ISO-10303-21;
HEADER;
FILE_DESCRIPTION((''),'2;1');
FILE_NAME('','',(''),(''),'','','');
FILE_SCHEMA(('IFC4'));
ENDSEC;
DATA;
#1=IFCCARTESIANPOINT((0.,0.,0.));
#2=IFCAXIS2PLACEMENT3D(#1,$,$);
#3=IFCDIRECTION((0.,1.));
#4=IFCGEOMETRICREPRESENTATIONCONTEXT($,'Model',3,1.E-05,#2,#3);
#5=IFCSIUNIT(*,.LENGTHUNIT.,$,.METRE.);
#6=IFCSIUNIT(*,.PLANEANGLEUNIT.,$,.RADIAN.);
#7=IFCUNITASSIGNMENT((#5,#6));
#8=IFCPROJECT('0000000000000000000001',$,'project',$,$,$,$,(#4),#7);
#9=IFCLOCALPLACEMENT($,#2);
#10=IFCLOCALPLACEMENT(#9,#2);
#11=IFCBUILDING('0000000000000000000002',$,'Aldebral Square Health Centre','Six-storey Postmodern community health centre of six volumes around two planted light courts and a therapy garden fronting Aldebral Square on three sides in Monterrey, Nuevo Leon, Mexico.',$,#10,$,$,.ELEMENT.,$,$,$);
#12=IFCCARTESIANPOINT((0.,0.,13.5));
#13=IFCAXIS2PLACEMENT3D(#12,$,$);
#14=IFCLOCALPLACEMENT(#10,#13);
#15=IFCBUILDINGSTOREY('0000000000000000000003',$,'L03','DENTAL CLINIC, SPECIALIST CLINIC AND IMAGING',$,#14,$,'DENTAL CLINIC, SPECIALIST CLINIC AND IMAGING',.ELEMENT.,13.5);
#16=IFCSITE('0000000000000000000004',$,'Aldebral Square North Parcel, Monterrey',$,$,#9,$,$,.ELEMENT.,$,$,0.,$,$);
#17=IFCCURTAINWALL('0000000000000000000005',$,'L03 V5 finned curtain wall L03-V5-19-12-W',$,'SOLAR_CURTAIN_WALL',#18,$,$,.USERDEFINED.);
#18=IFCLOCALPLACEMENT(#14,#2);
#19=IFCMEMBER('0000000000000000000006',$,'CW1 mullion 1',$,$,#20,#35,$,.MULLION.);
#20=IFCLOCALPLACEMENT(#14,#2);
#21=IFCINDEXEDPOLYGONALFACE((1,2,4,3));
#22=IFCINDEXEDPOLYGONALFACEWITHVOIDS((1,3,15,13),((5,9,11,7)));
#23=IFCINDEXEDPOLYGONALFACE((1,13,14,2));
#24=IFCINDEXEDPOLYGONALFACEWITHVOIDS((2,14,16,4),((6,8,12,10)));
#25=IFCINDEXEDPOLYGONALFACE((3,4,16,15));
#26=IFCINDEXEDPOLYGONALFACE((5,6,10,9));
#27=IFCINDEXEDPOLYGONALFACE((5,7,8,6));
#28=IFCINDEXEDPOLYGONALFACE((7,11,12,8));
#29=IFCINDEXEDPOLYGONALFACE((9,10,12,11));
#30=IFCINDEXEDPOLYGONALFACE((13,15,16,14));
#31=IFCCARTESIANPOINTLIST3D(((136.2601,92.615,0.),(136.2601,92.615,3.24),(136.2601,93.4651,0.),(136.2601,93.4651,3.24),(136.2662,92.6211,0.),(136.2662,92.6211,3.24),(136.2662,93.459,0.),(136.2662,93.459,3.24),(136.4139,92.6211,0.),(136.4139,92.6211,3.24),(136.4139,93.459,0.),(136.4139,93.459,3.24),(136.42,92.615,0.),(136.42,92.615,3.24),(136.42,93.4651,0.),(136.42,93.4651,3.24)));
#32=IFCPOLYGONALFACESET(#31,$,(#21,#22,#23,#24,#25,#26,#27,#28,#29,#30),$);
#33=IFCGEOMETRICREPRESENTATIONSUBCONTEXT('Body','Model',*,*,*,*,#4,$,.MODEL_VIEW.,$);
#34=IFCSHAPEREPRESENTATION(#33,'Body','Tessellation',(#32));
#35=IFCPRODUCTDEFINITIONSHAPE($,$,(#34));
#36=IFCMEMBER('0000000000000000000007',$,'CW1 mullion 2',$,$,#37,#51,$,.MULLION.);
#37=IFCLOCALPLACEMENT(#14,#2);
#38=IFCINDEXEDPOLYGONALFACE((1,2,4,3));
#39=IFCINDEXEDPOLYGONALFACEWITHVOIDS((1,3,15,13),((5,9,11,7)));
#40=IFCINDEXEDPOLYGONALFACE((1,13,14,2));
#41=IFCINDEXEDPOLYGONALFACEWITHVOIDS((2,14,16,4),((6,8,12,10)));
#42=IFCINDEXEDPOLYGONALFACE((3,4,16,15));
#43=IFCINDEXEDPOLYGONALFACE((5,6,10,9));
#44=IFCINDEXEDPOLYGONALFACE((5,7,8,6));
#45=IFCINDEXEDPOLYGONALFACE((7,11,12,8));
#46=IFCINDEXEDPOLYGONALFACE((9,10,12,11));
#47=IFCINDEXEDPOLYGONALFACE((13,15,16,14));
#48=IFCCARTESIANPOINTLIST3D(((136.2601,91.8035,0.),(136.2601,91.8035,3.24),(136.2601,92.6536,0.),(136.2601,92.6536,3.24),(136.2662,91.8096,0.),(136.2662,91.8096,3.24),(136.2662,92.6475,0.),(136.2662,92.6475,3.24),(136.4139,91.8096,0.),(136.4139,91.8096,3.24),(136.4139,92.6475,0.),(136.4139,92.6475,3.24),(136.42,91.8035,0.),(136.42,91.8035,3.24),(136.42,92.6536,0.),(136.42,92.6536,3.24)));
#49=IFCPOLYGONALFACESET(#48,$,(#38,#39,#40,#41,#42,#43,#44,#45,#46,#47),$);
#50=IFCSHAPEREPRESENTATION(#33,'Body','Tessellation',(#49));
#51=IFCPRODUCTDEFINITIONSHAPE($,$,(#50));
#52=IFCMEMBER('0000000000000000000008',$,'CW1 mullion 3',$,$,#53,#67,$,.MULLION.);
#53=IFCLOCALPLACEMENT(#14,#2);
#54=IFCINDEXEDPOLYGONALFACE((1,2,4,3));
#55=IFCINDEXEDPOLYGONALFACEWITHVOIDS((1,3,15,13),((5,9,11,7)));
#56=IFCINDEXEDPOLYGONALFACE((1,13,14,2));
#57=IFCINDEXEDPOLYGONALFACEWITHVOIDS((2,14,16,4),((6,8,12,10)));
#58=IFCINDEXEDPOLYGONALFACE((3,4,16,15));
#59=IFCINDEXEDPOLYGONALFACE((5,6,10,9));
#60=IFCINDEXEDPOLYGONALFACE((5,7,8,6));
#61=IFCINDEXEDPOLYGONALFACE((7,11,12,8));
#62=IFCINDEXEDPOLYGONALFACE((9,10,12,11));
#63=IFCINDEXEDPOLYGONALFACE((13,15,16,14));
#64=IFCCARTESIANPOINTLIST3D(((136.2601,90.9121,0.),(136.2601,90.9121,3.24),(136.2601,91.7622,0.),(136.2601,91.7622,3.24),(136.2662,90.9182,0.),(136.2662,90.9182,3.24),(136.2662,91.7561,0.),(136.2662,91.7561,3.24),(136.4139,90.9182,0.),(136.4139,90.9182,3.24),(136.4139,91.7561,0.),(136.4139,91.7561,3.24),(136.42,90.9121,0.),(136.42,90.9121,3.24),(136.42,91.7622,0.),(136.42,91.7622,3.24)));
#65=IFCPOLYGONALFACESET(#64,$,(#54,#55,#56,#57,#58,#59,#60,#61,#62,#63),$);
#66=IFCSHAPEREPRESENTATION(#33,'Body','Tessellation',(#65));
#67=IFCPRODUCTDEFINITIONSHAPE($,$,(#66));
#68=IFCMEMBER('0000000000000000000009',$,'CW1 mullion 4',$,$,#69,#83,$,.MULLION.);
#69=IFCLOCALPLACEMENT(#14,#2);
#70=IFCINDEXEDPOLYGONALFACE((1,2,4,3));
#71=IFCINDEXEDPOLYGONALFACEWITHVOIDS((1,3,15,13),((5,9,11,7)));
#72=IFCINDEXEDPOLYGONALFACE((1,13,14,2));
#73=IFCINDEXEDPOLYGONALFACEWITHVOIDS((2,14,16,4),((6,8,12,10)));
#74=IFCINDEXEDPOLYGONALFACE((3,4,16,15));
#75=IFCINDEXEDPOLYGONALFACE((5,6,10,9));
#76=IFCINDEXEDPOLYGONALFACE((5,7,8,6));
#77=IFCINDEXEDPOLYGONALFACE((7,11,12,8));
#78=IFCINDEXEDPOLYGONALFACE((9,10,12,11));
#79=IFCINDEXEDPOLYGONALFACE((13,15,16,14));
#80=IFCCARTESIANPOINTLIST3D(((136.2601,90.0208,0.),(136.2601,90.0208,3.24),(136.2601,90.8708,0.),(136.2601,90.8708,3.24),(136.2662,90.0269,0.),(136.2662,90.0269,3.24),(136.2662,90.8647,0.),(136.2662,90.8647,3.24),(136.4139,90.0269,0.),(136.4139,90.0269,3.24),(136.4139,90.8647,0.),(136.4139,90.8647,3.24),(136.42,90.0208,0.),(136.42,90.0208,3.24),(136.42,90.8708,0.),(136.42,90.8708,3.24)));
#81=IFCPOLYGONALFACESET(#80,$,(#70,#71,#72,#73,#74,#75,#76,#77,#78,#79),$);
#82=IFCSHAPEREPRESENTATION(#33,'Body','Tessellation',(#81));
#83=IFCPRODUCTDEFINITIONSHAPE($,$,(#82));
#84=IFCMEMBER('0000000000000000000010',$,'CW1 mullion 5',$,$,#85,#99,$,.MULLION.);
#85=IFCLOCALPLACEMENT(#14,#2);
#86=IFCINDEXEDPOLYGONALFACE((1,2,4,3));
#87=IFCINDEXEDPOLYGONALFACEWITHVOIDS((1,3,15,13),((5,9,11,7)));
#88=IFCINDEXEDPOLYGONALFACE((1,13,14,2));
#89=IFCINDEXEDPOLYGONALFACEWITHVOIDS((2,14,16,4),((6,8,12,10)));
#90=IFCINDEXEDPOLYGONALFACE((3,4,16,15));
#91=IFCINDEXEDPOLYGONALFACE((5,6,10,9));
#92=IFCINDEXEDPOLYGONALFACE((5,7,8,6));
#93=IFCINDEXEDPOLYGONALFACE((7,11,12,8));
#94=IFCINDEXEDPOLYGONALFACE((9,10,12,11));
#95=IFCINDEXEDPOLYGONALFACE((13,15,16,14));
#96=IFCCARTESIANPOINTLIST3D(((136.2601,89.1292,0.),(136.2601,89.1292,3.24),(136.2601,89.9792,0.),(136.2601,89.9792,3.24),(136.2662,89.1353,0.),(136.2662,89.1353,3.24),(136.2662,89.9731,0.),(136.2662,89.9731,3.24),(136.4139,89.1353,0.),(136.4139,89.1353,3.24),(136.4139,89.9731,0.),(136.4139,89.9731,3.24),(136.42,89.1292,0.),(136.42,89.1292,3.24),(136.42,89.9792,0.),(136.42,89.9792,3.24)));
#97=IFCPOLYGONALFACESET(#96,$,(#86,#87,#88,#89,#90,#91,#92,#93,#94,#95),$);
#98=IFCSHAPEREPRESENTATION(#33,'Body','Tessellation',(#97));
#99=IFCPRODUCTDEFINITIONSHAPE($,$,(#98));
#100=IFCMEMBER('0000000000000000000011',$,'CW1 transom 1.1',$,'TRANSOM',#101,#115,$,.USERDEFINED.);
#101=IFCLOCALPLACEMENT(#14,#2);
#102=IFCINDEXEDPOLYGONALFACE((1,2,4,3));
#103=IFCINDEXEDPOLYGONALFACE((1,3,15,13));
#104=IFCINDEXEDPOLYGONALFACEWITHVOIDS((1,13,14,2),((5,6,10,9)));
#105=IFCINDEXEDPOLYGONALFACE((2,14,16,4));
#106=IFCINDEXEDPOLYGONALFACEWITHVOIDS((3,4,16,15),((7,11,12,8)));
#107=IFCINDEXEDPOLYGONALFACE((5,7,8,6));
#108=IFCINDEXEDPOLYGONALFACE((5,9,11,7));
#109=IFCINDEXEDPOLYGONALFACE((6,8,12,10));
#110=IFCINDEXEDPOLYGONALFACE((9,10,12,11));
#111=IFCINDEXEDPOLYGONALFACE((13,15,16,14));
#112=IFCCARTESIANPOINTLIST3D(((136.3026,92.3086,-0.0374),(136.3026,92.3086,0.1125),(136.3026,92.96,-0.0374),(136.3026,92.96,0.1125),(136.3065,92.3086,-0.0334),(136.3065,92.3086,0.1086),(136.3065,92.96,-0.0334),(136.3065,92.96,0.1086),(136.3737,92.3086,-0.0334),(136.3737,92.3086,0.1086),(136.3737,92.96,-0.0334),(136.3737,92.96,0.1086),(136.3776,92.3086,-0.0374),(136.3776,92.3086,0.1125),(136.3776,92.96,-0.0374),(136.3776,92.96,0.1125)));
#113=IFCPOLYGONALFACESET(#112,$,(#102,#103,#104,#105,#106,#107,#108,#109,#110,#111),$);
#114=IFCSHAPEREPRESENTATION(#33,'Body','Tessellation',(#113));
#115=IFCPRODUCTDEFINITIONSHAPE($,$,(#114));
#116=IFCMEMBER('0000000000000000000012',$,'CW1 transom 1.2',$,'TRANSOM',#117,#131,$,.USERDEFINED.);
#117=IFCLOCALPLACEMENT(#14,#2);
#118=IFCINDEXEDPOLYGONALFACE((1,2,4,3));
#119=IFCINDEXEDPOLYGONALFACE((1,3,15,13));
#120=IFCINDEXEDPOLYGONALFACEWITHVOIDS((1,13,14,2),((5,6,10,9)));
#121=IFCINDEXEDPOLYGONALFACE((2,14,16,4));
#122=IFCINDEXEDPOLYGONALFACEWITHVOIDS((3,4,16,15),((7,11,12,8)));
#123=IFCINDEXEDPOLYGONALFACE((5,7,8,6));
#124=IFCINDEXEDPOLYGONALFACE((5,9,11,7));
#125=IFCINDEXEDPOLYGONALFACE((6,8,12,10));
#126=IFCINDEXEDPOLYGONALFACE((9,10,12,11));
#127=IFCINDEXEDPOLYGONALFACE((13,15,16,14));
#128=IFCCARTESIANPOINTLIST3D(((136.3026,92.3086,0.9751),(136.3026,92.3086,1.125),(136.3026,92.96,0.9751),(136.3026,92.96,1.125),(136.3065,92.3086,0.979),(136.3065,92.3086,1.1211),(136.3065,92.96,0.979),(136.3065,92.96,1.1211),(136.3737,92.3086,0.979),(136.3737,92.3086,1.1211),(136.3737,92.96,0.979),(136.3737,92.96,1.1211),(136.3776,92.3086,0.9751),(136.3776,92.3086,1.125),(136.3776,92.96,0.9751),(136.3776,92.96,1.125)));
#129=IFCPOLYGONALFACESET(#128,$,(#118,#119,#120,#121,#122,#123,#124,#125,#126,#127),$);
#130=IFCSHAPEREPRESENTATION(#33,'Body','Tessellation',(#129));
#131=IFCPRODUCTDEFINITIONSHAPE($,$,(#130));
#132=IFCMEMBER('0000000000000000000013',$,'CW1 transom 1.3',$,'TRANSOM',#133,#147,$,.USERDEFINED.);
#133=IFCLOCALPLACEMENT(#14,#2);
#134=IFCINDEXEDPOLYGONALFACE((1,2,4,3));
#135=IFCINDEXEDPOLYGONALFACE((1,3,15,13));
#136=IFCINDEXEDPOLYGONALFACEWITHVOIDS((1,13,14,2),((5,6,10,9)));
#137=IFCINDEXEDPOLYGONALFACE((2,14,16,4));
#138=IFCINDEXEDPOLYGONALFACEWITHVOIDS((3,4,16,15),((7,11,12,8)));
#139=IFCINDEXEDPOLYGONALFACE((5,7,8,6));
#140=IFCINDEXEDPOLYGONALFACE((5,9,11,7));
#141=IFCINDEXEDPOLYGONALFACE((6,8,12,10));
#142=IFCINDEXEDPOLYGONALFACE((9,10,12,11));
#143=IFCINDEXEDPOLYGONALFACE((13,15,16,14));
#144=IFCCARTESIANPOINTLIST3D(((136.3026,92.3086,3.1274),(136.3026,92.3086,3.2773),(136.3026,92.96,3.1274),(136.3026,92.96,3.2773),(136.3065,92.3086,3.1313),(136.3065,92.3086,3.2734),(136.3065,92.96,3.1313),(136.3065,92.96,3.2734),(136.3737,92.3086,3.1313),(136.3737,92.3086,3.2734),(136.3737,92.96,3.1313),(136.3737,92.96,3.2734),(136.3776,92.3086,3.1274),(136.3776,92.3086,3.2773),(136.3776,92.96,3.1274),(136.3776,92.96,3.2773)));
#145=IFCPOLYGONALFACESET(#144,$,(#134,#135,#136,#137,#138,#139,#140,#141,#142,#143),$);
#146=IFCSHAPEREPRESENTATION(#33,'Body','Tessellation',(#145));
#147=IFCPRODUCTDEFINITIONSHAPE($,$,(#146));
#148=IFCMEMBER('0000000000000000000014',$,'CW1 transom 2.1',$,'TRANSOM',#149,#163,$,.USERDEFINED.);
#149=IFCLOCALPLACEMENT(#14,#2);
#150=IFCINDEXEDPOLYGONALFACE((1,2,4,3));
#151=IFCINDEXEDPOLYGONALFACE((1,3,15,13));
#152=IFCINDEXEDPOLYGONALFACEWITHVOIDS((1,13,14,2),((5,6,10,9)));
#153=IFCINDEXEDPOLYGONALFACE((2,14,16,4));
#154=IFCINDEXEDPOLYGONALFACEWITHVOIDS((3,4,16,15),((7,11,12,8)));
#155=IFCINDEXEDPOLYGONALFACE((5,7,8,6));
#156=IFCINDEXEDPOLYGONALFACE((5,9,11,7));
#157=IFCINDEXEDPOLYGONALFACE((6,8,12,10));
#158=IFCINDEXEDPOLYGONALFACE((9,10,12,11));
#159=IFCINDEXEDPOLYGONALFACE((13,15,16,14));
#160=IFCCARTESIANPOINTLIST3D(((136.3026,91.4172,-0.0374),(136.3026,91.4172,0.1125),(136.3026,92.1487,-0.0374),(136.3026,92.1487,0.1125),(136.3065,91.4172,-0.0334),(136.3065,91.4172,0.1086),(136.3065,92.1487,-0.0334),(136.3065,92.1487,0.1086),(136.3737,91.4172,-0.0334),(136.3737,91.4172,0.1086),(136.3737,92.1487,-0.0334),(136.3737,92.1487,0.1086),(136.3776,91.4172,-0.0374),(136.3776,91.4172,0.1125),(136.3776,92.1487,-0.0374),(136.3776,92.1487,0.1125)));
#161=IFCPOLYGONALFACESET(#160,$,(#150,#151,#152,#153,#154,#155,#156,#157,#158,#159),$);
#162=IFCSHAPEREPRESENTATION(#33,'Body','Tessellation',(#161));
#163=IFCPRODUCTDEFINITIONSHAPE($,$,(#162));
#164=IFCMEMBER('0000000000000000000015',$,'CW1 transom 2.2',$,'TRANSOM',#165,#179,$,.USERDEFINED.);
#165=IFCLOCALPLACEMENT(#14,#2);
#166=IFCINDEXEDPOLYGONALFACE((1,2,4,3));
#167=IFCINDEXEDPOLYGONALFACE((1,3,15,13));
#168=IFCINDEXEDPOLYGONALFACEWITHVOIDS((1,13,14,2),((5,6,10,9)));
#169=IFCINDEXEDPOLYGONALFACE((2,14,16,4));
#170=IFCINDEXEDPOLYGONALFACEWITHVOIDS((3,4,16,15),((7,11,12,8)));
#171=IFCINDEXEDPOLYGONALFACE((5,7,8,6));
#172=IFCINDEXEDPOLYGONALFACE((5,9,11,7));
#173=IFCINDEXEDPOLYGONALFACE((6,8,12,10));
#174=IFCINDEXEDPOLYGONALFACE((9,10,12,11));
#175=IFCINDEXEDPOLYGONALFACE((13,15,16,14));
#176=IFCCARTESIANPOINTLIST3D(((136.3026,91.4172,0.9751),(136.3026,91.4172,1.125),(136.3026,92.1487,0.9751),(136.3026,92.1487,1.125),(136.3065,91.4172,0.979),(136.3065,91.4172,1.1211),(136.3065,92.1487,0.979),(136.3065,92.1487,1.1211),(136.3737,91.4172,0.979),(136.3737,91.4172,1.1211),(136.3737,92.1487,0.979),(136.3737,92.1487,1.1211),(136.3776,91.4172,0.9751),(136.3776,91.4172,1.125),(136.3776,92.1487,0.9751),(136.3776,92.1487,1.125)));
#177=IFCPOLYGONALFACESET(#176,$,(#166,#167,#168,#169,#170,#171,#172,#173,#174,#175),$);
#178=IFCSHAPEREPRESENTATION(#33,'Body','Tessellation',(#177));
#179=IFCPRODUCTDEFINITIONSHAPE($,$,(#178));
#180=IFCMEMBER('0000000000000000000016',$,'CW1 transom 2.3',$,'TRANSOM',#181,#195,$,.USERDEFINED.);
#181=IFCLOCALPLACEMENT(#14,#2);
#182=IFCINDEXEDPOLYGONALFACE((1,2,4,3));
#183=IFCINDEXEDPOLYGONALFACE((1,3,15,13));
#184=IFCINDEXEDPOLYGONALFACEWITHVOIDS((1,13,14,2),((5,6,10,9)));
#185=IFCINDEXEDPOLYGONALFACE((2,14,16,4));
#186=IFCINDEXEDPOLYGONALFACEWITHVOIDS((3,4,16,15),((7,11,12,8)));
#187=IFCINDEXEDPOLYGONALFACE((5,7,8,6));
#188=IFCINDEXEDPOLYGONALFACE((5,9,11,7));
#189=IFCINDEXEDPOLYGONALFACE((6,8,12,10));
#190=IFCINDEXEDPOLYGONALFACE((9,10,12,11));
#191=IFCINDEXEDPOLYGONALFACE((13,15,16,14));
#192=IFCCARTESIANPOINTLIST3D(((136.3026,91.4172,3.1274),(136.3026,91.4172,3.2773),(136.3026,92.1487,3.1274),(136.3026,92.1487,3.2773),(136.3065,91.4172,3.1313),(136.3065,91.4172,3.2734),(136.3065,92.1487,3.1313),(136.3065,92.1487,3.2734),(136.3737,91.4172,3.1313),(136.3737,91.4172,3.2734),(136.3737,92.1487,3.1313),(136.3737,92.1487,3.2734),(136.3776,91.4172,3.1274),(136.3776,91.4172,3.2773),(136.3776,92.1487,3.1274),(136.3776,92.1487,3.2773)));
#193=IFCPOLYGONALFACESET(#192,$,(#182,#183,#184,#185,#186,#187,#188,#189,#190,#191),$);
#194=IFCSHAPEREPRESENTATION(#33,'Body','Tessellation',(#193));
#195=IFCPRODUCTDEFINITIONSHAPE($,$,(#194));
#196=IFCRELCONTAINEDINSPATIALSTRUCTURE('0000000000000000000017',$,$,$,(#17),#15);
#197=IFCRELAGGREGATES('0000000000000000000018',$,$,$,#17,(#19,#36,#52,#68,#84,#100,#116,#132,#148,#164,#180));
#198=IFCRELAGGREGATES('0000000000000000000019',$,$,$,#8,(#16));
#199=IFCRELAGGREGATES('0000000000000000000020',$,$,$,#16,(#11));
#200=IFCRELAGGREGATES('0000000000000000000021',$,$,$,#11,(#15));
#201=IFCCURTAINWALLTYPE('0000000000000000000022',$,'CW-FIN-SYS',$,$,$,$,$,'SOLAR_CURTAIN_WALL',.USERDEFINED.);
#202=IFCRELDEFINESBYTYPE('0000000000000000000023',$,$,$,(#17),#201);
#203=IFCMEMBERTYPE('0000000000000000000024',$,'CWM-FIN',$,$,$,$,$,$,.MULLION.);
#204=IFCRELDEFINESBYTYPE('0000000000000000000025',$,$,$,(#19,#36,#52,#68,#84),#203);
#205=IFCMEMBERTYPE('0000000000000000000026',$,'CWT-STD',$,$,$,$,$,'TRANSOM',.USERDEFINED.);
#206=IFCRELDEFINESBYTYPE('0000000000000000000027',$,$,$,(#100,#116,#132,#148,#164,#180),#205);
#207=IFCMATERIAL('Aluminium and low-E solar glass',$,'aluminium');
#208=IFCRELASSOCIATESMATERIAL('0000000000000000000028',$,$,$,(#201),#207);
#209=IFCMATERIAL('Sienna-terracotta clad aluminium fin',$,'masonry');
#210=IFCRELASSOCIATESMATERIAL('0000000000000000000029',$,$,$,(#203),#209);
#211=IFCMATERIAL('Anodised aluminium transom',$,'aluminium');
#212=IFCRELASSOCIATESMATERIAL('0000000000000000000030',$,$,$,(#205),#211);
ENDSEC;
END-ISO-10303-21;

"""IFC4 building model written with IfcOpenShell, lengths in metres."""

from ifc_helpers import new_model, si_unit, direction, frame, origin, origin_2d, place, context, subcontext, project, spatial, hollow_rectangle, extrude, material, material_profile, profile_set, type_object, element, aggregate, save


model = new_model("IFC4")

# Units and contexts
model_context = context("Model", 3, precision=1e-05, world=origin(), true_north=direction((0.0, 1.0)))
body_context = subcontext(model_context, "Body", "Model", "MODEL_VIEW")
ifc_project = project(units=[si_unit("LENGTHUNIT", "METRE"), si_unit("PLANEANGLEUNIT", "RADIAN")], contexts=[model_context])

# Site, building, storey
site_placement = place(None, origin())
site = spatial("IfcSite", under=ifc_project, at=site_placement, Name="Aldebral Square North Parcel, Monterrey", CompositionType="ELEMENT", RefElevation=0.0)
building_placement = place(site_placement, origin())
building = spatial("IfcBuilding", under=site, at=building_placement, Name="Aldebral Square Health Centre", Description="Six-storey Postmodern community health centre of six volumes around two planted light courts and a therapy garden fronting Aldebral Square on three sides in Monterrey, Nuevo Leon, Mexico.", CompositionType="ELEMENT")
storey_placement = place(building_placement, frame((0.0, 0.0, 13.5)))
storey = spatial("IfcBuildingStorey", under=building, at=storey_placement, Name="L03", Description="DENTAL CLINIC, SPECIALIST CLINIC AND IMAGING", LongName="DENTAL CLINIC, SPECIALIST CLINIC AND IMAGING", CompositionType="ELEMENT", Elevation=13.5)

# Curtain wall, members
ifc_material_1 = material(Name="Aluminium and low-E solar glass", Category="aluminium")
curtain_wall_type = type_object("IfcCurtainWallType", Name="CW-FIN-SYS", ElementType="SOLAR_CURTAIN_WALL", PredefinedType="USERDEFINED", material=ifc_material_1)
curtain_wall_placement = place(storey_placement, origin())
curtain_wall = element("IfcCurtainWall", 1, at=curtain_wall_placement, inside=storey, type_object=curtain_wall_type, Name="L03 V5 finned curtain wall L03-V5-19-12-W", ObjectType="SOLAR_CURTAIN_WALL", PredefinedType="USERDEFINED")
ifc_material_2 = material(Name="Sienna-terracotta clad aluminium fin", Category="masonry")
ifc_material_profile_1 = material_profile(ifc_material_2, hollow_rectangle(XDim=0.1599, YDim=0.8501, WallThickness=0.0061, at=origin_2d()), Name="FIN 160x850x6")
ifc_profile_set_1 = profile_set([ifc_material_profile_1], Name="Sienna-terracotta clad aluminium fin")
member_type_1 = type_object("IfcMemberType", Name="CWM-FIN", PredefinedType="MULLION", material=ifc_profile_set_1)
member_1_placement = place(storey_placement, frame((136.3401, 93.04, 0.0), z_axis=(0.0, 0.0, 1.0), x_axis=(1.0, 0.0, 0.0)))
member_1 = element("IfcMember", 2, at=member_1_placement, type_object=member_type_1, Name="CW1 mullion 1", PredefinedType="MULLION", context=body_context, shape_type="SweptSolid", body=[
    extrude(hollow_rectangle(XDim=0.1599, YDim=0.8501, WallThickness=0.0061, at=origin_2d()), origin(), (0.0, 0.0, 1.0), 3.24),
])
member_2_placement = place(storey_placement, frame((136.3401, 92.2285, 0.0), z_axis=(0.0, 0.0, 1.0), x_axis=(1.0, 0.0, 0.0)))
member_2 = element("IfcMember", 3, at=member_2_placement, type_object=member_type_1, Name="CW1 mullion 2", PredefinedType="MULLION", context=body_context, shape_type="SweptSolid", body=[
    extrude(hollow_rectangle(XDim=0.1599, YDim=0.8501, WallThickness=0.0061, at=origin_2d()), origin(), (0.0, 0.0, 1.0), 3.24),
])
member_3_placement = place(storey_placement, frame((136.3401, 91.3372, 0.0), z_axis=(0.0, 0.0, 1.0), x_axis=(1.0, 0.0, 0.0)))
member_3 = element("IfcMember", 4, at=member_3_placement, type_object=member_type_1, Name="CW1 mullion 3", PredefinedType="MULLION", context=body_context, shape_type="SweptSolid", body=[
    extrude(hollow_rectangle(XDim=0.1599, YDim=0.8501, WallThickness=0.0061, at=origin_2d()), origin(), (0.0, 0.0, 1.0), 3.24),
])
member_4_placement = place(storey_placement, frame((136.3401, 90.4458, 0.0), z_axis=(0.0, 0.0, 1.0), x_axis=(1.0, 0.0, 0.0)))
member_4 = element("IfcMember", 5, at=member_4_placement, type_object=member_type_1, Name="CW1 mullion 4", PredefinedType="MULLION", context=body_context, shape_type="SweptSolid", body=[
    extrude(hollow_rectangle(XDim=0.1599, YDim=0.8501, WallThickness=0.0061, at=origin_2d()), origin(), (0.0, 0.0, 1.0), 3.24),
])
member_5_placement = place(storey_placement, frame((136.3401, 89.5542, 0.0), z_axis=(0.0, 0.0, 1.0), x_axis=(1.0, 0.0, 0.0)))
member_5 = element("IfcMember", 6, at=member_5_placement, type_object=member_type_1, Name="CW1 mullion 5", PredefinedType="MULLION", context=body_context, shape_type="SweptSolid", body=[
    extrude(hollow_rectangle(XDim=0.1599, YDim=0.8501, WallThickness=0.0061, at=origin_2d()), origin(), (0.0, 0.0, 1.0), 3.24),
])
ifc_material_3 = material(Name="Anodised aluminium transom", Category="aluminium")
ifc_material_profile_2 = material_profile(ifc_material_3, hollow_rectangle(XDim=0.075, YDim=0.1499, WallThickness=0.0039, at=origin_2d()), Name="CWT 75x150x4")
ifc_profile_set_2 = profile_set([ifc_material_profile_2], Name="Anodised aluminium transom")
member_type_2 = type_object("IfcMemberType", Name="CWT-STD", ElementType="TRANSOM", PredefinedType="USERDEFINED", material=ifc_profile_set_2)
member_6_placement = place(storey_placement, frame((136.3401, 92.96, 0.0376), z_axis=(0.0, -1.0, 0.0), x_axis=(1.0, 0.0, 0.0)))
member_6 = element("IfcMember", 7, at=member_6_placement, type_object=member_type_2, Name="CW1 transom 1.1", ObjectType="TRANSOM", PredefinedType="USERDEFINED", context=body_context, shape_type="SweptSolid", body=[
    extrude(hollow_rectangle(XDim=0.075, YDim=0.1499, WallThickness=0.0039, at=origin_2d()), origin(), (0.0, 0.0, 1.0), 0.6514),
])
member_7_placement = place(storey_placement, frame((136.3401, 92.96, 1.05), z_axis=(0.0, -1.0, 0.0), x_axis=(1.0, 0.0, 0.0)))
member_7 = element("IfcMember", 8, at=member_7_placement, type_object=member_type_2, Name="CW1 transom 1.2", ObjectType="TRANSOM", PredefinedType="USERDEFINED", context=body_context, shape_type="SweptSolid", body=[
    extrude(hollow_rectangle(XDim=0.075, YDim=0.1499, WallThickness=0.0039, at=origin_2d()), origin(), (0.0, 0.0, 1.0), 0.6514),
])
member_8_placement = place(storey_placement, frame((136.3401, 92.96, 3.2024), z_axis=(0.0, -1.0, 0.0), x_axis=(1.0, 0.0, 0.0)))
member_8 = element("IfcMember", 9, at=member_8_placement, type_object=member_type_2, Name="CW1 transom 1.3", ObjectType="TRANSOM", PredefinedType="USERDEFINED", context=body_context, shape_type="SweptSolid", body=[
    extrude(hollow_rectangle(XDim=0.075, YDim=0.1499, WallThickness=0.0039, at=origin_2d()), origin(), (0.0, 0.0, 1.0), 0.6514),
])
member_9_placement = place(storey_placement, frame((136.3401, 92.1487, 0.0376), z_axis=(0.0, -1.0, 0.0), x_axis=(1.0, 0.0, 0.0)))
member_9 = element("IfcMember", 10, at=member_9_placement, type_object=member_type_2, Name="CW1 transom 2.1", ObjectType="TRANSOM", PredefinedType="USERDEFINED", context=body_context, shape_type="SweptSolid", body=[
    extrude(hollow_rectangle(XDim=0.075, YDim=0.1499, WallThickness=0.0039, at=origin_2d()), origin(), (0.0, 0.0, 1.0), 0.7314),
])
member_10_placement = place(storey_placement, frame((136.3401, 92.1487, 1.05), z_axis=(0.0, -1.0, 0.0), x_axis=(1.0, 0.0, 0.0)))
member_10 = element("IfcMember", 11, at=member_10_placement, type_object=member_type_2, Name="CW1 transom 2.2", ObjectType="TRANSOM", PredefinedType="USERDEFINED", context=body_context, shape_type="SweptSolid", body=[
    extrude(hollow_rectangle(XDim=0.075, YDim=0.1499, WallThickness=0.0039, at=origin_2d()), origin(), (0.0, 0.0, 1.0), 0.7314),
])
member_11_placement = place(storey_placement, frame((136.3401, 92.1487, 3.2024), z_axis=(0.0, -1.0, 0.0), x_axis=(1.0, 0.0, 0.0)))
member_11 = element("IfcMember", 12, at=member_11_placement, type_object=member_type_2, Name="CW1 transom 2.3", ObjectType="TRANSOM", PredefinedType="USERDEFINED", context=body_context, shape_type="SweptSolid", body=[
    extrude(hollow_rectangle(XDim=0.075, YDim=0.1499, WallThickness=0.0039, at=origin_2d()), origin(), (0.0, 0.0, 1.0), 0.7314),
])
aggregate(curtain_wall, [member_1, member_2, member_3, member_4, member_5, member_6, member_7, member_8, member_9, member_10, member_11])

save(model, "model.ifc")
